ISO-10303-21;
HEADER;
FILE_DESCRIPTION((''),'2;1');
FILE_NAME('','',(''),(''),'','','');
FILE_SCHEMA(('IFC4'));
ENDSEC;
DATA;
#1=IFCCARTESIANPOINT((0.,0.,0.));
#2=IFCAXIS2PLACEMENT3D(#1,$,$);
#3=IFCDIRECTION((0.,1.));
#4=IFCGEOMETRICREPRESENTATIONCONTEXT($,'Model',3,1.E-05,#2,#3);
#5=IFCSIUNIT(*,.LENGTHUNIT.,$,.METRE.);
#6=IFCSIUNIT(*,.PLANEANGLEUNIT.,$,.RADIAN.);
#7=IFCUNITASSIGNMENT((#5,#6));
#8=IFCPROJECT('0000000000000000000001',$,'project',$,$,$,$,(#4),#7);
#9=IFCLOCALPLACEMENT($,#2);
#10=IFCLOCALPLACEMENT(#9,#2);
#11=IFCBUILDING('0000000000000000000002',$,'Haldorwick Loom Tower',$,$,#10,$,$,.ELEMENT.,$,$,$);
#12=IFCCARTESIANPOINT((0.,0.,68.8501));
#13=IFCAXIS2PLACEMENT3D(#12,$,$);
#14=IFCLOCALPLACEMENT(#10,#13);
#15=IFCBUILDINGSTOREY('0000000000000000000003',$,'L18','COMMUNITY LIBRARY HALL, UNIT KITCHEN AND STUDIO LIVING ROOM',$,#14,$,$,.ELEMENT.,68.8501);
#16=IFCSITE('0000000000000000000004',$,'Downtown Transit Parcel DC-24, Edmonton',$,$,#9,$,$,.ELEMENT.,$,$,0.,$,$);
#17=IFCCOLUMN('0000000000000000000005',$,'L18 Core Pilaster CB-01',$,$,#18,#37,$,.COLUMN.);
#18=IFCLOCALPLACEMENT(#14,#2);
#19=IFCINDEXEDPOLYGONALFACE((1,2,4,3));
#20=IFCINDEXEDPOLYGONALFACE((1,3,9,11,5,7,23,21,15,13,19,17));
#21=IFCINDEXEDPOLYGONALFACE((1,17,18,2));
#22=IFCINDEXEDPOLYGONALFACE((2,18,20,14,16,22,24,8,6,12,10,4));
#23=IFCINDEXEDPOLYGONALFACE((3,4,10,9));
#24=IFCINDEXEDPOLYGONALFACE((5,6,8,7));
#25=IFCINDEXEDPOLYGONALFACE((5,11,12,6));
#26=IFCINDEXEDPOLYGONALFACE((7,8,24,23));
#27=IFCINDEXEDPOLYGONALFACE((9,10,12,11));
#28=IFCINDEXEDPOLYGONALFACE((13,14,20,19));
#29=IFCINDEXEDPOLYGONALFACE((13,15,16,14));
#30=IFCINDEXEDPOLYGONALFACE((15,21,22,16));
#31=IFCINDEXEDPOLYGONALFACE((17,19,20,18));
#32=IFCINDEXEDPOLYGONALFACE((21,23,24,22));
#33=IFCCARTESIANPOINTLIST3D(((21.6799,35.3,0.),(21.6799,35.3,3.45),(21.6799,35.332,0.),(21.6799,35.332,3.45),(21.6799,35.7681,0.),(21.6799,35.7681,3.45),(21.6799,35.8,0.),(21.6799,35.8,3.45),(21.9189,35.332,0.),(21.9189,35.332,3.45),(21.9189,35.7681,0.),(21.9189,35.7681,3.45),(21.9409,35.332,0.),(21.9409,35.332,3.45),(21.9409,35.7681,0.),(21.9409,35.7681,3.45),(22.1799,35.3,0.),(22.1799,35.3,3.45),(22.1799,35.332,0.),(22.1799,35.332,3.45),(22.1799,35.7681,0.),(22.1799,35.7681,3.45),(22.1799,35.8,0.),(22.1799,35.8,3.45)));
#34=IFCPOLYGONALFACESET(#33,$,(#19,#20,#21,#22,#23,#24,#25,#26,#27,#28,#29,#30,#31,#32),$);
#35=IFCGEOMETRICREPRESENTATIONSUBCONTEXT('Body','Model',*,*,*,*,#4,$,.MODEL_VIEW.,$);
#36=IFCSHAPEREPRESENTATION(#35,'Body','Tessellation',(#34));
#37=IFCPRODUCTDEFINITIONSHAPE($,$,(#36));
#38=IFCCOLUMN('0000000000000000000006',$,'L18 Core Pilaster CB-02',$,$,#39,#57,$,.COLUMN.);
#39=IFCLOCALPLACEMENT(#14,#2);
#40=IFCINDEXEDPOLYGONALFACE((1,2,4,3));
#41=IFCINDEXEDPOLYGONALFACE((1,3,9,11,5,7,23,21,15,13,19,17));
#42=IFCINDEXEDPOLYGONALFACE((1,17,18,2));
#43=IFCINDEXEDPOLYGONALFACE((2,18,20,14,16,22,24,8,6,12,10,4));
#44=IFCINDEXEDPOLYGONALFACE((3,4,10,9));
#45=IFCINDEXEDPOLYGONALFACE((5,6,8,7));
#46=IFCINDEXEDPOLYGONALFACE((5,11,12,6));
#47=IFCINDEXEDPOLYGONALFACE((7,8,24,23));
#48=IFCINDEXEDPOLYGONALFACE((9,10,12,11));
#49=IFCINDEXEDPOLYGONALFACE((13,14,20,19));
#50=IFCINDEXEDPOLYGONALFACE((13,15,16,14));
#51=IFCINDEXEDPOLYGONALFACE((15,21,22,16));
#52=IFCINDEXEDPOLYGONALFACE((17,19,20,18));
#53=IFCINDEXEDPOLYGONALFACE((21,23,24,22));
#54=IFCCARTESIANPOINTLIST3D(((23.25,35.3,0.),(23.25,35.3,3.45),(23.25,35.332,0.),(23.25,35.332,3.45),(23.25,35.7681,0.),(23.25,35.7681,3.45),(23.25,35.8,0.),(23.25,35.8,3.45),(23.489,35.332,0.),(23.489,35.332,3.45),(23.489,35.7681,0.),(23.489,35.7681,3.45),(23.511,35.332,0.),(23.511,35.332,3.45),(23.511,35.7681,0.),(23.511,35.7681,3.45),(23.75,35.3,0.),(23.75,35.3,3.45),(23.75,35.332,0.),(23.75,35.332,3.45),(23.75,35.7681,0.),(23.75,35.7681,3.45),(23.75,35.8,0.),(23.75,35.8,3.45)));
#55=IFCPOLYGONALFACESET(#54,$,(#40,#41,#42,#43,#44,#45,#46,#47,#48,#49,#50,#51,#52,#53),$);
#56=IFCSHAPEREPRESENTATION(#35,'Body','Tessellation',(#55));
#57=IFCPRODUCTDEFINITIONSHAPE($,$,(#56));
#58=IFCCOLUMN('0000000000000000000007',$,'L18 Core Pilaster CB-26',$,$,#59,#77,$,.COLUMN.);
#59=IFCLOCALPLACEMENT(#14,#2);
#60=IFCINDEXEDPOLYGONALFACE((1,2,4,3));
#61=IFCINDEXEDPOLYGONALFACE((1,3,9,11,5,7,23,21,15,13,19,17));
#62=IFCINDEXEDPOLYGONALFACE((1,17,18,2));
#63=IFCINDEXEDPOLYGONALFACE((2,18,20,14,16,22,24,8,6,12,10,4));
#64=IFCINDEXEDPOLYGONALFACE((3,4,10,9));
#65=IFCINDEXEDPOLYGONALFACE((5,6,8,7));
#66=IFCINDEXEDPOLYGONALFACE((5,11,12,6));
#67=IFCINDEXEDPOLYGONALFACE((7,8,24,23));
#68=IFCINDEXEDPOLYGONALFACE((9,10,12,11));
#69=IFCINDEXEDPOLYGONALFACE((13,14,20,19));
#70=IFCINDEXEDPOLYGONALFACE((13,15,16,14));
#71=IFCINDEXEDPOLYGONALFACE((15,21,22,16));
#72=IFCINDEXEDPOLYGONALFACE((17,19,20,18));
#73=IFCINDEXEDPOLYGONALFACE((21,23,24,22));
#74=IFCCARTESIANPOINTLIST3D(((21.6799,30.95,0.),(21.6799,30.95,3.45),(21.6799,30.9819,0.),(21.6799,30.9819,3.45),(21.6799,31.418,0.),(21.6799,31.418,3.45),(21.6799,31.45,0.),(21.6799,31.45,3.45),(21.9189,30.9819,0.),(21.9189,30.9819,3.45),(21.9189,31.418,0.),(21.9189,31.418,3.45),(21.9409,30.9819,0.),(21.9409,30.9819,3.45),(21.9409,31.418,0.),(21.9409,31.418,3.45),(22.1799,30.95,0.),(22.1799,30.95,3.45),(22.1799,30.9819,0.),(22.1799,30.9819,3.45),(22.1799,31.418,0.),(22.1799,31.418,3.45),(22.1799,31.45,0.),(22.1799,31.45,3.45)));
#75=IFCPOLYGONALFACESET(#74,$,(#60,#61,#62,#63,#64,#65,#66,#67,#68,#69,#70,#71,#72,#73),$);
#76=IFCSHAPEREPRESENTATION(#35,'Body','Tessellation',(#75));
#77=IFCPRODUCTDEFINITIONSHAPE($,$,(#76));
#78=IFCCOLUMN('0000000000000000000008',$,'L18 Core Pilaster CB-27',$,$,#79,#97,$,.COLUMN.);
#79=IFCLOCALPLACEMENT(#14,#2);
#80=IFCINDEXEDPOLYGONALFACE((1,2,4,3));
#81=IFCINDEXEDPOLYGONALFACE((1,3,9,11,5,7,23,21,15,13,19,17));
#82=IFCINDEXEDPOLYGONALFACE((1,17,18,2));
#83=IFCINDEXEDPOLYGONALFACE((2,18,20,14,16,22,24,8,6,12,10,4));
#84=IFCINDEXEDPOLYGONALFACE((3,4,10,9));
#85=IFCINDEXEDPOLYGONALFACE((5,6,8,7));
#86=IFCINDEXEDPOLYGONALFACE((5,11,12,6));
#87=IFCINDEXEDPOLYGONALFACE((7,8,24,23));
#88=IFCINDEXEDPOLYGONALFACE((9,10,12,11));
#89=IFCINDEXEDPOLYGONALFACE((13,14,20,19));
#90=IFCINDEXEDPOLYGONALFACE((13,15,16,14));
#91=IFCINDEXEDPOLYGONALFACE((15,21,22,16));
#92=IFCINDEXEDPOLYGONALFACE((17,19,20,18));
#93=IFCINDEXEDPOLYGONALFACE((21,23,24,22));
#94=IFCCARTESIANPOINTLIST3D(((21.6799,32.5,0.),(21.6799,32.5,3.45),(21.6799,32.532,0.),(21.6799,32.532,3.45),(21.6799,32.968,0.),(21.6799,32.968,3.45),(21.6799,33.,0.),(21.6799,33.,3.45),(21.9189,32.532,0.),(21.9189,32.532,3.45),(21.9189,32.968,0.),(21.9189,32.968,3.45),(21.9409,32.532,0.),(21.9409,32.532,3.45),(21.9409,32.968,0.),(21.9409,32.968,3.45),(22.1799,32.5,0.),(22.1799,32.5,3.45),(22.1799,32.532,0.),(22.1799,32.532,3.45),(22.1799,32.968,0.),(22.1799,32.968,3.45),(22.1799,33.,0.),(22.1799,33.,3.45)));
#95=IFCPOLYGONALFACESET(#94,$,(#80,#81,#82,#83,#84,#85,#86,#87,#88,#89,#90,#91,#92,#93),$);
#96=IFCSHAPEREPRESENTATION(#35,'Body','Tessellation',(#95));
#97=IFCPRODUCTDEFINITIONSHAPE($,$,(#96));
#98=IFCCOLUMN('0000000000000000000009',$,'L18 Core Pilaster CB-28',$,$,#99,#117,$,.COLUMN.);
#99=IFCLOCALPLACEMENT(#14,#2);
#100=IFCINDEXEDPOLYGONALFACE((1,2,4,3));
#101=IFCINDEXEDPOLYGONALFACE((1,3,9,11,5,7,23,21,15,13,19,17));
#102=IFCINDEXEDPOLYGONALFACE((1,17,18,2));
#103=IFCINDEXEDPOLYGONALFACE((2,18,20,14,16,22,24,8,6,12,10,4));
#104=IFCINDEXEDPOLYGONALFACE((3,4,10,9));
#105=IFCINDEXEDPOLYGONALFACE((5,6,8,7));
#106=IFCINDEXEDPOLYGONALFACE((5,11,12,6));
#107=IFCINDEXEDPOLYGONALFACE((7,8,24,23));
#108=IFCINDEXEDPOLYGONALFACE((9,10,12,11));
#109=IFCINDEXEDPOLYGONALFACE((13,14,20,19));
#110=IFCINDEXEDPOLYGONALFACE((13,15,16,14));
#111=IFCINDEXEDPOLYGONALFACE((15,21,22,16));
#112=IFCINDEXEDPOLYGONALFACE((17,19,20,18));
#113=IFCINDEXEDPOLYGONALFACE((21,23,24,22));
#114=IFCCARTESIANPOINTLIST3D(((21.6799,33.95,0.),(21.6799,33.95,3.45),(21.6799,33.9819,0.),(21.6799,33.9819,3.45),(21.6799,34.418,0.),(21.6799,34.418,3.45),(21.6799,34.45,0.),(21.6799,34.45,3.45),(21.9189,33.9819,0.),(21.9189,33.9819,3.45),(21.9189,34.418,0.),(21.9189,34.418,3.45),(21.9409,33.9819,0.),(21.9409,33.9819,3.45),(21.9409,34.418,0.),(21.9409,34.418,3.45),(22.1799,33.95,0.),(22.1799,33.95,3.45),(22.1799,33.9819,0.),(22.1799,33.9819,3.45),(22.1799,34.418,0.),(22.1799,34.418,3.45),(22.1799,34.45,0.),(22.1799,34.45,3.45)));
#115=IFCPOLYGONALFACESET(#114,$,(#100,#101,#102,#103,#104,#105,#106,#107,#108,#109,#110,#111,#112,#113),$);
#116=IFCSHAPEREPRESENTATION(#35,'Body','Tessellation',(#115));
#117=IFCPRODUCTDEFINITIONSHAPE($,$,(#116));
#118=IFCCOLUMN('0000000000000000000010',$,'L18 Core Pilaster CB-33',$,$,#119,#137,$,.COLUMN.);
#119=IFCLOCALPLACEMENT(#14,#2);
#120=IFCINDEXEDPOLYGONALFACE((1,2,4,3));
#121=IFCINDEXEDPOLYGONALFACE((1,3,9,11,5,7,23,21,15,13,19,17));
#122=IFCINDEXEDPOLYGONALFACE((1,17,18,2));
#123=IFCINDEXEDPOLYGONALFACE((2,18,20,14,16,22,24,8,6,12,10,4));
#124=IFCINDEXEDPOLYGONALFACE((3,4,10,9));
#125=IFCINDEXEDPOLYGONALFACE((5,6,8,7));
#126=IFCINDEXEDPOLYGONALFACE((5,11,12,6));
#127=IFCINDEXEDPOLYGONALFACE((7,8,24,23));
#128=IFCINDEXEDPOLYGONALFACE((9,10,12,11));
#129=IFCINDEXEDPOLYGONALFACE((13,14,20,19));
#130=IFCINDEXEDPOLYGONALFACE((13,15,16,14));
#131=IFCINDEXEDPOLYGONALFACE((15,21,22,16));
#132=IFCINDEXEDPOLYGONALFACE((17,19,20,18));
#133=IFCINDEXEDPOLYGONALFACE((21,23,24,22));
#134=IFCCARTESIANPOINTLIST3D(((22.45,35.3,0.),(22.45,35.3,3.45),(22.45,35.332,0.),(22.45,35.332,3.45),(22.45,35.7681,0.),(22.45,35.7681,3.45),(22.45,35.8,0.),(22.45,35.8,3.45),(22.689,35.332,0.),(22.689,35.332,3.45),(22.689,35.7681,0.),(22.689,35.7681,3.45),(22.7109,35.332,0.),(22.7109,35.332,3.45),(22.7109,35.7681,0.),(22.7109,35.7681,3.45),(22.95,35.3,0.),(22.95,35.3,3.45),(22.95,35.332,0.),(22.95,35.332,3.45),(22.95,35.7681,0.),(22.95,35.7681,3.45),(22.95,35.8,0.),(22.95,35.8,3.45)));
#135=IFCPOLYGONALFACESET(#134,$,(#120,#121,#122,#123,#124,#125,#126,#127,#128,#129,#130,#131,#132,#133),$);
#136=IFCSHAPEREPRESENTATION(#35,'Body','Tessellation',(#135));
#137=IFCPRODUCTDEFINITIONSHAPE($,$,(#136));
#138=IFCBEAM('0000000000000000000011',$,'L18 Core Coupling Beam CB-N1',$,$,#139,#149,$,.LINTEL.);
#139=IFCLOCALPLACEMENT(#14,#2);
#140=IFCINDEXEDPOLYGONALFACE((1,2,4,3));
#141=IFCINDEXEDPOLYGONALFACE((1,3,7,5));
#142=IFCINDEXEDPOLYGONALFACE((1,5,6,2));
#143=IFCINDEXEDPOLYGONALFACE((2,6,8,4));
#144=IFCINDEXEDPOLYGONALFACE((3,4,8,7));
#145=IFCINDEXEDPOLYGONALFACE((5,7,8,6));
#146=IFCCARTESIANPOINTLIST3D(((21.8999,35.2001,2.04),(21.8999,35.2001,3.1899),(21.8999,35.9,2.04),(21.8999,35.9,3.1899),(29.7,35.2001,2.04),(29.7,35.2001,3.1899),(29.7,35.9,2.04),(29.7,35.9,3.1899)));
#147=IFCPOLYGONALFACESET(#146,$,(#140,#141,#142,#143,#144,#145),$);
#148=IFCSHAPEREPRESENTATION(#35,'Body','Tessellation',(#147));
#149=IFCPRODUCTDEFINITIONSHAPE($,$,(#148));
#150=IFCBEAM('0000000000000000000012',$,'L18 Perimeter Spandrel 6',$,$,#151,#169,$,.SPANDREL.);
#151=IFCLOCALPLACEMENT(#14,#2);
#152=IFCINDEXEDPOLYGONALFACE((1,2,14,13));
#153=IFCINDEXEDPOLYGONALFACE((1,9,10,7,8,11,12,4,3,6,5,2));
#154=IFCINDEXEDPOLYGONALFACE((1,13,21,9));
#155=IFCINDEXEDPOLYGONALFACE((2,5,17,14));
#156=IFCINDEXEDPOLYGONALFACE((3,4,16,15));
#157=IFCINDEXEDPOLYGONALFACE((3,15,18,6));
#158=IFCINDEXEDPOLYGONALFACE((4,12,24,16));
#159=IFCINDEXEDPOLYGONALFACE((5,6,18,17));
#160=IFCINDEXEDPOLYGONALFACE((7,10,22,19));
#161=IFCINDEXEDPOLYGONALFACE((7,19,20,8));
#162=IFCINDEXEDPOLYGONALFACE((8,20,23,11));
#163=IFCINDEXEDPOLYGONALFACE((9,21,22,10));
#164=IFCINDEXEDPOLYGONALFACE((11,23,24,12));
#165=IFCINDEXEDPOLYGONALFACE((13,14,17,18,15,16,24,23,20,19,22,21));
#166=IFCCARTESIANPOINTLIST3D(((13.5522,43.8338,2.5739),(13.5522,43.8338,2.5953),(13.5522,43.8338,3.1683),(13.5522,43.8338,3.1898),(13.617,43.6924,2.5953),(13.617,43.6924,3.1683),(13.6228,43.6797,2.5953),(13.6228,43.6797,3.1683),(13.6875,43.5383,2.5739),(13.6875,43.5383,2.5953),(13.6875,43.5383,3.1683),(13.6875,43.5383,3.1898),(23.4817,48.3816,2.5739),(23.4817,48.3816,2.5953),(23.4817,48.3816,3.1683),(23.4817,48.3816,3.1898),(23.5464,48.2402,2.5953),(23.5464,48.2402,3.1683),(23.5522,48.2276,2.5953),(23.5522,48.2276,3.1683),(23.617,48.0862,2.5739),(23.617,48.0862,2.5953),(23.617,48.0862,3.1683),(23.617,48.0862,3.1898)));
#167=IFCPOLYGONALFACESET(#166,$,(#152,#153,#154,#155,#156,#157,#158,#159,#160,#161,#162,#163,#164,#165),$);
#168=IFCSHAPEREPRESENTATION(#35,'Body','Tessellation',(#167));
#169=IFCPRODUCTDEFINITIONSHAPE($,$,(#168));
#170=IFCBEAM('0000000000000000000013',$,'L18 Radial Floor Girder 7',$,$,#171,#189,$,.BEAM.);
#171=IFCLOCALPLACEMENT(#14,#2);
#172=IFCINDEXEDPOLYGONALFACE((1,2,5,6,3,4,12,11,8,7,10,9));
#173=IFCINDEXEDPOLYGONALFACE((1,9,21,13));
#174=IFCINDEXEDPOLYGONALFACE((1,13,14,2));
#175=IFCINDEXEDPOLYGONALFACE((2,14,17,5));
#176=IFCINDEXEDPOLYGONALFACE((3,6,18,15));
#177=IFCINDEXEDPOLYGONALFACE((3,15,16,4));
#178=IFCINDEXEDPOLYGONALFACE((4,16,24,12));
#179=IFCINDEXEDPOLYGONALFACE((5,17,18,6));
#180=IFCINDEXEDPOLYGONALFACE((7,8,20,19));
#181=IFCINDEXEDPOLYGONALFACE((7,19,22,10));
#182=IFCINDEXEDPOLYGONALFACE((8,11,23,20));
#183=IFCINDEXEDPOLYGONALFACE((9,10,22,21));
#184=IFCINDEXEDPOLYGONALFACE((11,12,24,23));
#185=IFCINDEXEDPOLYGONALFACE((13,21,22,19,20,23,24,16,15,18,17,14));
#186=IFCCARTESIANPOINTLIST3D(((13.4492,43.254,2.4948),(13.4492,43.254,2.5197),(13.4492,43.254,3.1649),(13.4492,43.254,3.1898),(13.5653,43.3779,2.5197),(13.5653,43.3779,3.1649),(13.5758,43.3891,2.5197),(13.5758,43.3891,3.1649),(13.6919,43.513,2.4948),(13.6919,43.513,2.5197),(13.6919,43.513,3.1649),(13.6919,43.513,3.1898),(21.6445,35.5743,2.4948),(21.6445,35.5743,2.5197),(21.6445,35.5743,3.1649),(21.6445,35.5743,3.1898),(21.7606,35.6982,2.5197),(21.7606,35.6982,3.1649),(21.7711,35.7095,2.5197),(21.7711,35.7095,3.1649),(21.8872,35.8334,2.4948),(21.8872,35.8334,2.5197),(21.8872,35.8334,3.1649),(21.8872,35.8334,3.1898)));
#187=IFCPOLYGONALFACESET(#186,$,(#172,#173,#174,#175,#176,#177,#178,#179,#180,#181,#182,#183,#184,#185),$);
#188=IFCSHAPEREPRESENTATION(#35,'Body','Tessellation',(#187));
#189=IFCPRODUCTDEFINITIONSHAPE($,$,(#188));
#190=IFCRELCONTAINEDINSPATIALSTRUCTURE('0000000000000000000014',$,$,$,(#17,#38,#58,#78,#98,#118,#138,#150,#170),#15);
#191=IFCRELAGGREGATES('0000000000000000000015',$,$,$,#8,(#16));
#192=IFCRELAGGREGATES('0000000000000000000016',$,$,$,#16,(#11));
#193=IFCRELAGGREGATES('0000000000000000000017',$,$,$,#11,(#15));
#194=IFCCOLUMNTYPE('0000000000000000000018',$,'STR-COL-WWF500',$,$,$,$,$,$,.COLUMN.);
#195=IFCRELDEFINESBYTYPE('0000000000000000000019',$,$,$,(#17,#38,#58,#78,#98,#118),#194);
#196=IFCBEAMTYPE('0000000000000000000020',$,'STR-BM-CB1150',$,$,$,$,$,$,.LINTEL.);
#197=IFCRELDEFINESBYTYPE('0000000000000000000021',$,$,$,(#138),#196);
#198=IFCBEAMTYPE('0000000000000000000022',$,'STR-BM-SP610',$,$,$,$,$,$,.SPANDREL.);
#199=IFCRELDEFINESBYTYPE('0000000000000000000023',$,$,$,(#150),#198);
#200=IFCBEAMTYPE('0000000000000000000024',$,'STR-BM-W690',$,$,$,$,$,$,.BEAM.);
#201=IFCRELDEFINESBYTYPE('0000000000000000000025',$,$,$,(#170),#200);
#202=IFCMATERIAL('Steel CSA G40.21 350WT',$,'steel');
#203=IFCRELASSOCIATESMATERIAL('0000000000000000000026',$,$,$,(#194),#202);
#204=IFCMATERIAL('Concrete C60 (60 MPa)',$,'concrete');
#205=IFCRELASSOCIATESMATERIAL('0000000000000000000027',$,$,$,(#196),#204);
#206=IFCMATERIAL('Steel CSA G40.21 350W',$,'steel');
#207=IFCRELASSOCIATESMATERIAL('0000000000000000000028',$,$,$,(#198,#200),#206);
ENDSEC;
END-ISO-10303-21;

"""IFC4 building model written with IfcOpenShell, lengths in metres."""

from ifc_helpers import new_model, si_unit, direction, frame, origin, origin_2d, place, context, subcontext, project, spatial, rectangle, i_section, extrude, material, material_profile, profile_set, type_object, element, save


model = new_model("IFC4")

# Units and contexts
model_context = context("Model", 3, precision=1e-05, world=origin(), true_north=direction((0.0, 1.0)))
body_context = subcontext(model_context, "Body", "Model", "MODEL_VIEW")
ifc_project = project(units=[si_unit("LENGTHUNIT", "METRE"), si_unit("PLANEANGLEUNIT", "RADIAN")], contexts=[model_context])

# Site, building, storey
site_placement = place(None, origin())
site = spatial("IfcSite", under=ifc_project, at=site_placement, Name="Downtown Transit Parcel DC-24, Edmonton", CompositionType="ELEMENT", RefElevation=0.0)
building_placement = place(site_placement, origin())
building = spatial("IfcBuilding", under=site, at=building_placement, Name="Haldorwick Loom Tower", CompositionType="ELEMENT")
storey_placement = place(building_placement, frame((0.0, 0.0, 68.8501)))
storey = spatial("IfcBuildingStorey", under=building, at=storey_placement, Name="L18", Description="COMMUNITY LIBRARY HALL, UNIT KITCHEN AND STUDIO LIVING ROOM", CompositionType="ELEMENT", Elevation=68.8501)

# Columns
ifc_material_1 = material(Name="Steel CSA G40.21 350WT", Category="steel")
ifc_material_profile_1 = material_profile(ifc_material_1, i_section(OverallWidth=0.5, OverallDepth=0.5, WebThickness=0.022, FlangeThickness=0.032, at=origin_2d()), Name="WWF500X500", Category="steel")
ifc_profile_set_1 = profile_set([ifc_material_profile_1], Name="Steel CSA G40.21 350WT")
column_type = type_object("IfcColumnType", Name="STR-COL-WWF500", PredefinedType="COLUMN", material=ifc_profile_set_1)
for number, where, z_axis, x_axis, name in (
    (1, (21.9299, 35.55, 0.0), (0.0, 0.0, 1.0), (1.0, 0.0, 0.0), "L18 Core Pilaster CB-01"),
    (2, (23.5, 35.55, 0.0), (0.0, 0.0, 1.0), (1.0, 0.0, 0.0), "L18 Core Pilaster CB-02"),
    (3, (21.9299, 31.2, 0.0), (0.0, 0.0, 1.0), (1.0, 0.0, 0.0), "L18 Core Pilaster CB-26"),
    (4, (21.9299, 32.75, 0.0), (0.0, 0.0, 1.0), (1.0, 0.0, 0.0), "L18 Core Pilaster CB-27"),
    (5, (21.9299, 34.2, 0.0), (0.0, 0.0, 1.0), (1.0, 0.0, 0.0), "L18 Core Pilaster CB-28"),
    (6, (22.7, 35.55, 0.0), (0.0, 0.0, 1.0), (1.0, 0.0, 0.0), "L18 Core Pilaster CB-33"),
):
    element("IfcColumn", number, at=place(storey_placement, frame(where, z_axis=z_axis, x_axis=x_axis)), inside=storey, type_object=column_type, Name=name, PredefinedType="COLUMN", context=body_context, shape_type="SweptSolid", body=[
        extrude(i_section(OverallWidth=0.5, OverallDepth=0.5, WebThickness=0.022, FlangeThickness=0.032, at=origin_2d()), origin(), (0.0, 0.0, 1.0), 3.45),
    ])

# Beams
ifc_material_2 = material(Name="Concrete C60 (60 MPa)", Category="concrete")
ifc_material_profile_2 = material_profile(ifc_material_2, rectangle(XDim=0.7, YDim=1.1499, at=origin_2d()), Name="RC700X1150", Category="concrete")
ifc_profile_set_2 = profile_set([ifc_material_profile_2], Name="Concrete C60 (60 MPa)")
beam_type_1 = type_object("IfcBeamType", Name="STR-BM-CB1150", PredefinedType="LINTEL", material=ifc_profile_set_2)
beam_1_placement = place(storey_placement, frame((21.8999, 35.55, 2.615), z_axis=(1.0, 0.0, 0.0), x_axis=(0.0, 1.0, 0.0)))
element("IfcBeam", 7, at=beam_1_placement, inside=storey, type_object=beam_type_1, Name="L18 Core Coupling Beam CB-N1", PredefinedType="LINTEL", context=body_context, shape_type="SweptSolid", body=[
    extrude(rectangle(XDim=0.7, YDim=1.1499, at=origin_2d()), origin(), (0.0, 0.0, 1.0), 7.8),
])
ifc_material_3 = material(Name="Steel CSA G40.21 350W", Category="steel")
ifc_material_profile_3 = material_profile(ifc_material_3, i_section(OverallWidth=0.325, OverallDepth=0.616, WebThickness=0.0139, FlangeThickness=0.0215, at=origin_2d()), Name="W610X174", Category="steel")
ifc_profile_set_3 = profile_set([ifc_material_profile_3], Name="Steel CSA G40.21 350W")
beam_type_2 = type_object("IfcBeamType", Name="STR-BM-SP610", PredefinedType="SPANDREL", material=ifc_profile_set_3)
beam_2_placement = place(storey_placement, frame((23.5493, 48.2339, 2.8818), z_axis=(-0.909174, -0.416417, 0.0), x_axis=(0.416417, -0.909174, 0.0)))
element("IfcBeam", 8, at=beam_2_placement, inside=storey, type_object=beam_type_2, Name="L18 Perimeter Spandrel 6", PredefinedType="SPANDREL", context=body_context, shape_type="SweptSolid", body=[
    extrude(i_section(OverallWidth=0.325, OverallDepth=0.616, WebThickness=0.0139, FlangeThickness=0.0215, at=origin_2d()), origin(), (0.0, 0.0, 1.0), 10.9214),
])
ifc_material_profile_4 = material_profile(ifc_material_3, i_section(OverallWidth=0.355, OverallDepth=0.6951, WebThickness=0.0154, FlangeThickness=0.0249, at=origin_2d()), Name="W690X217", Category="steel")
ifc_profile_set_4 = profile_set([ifc_material_profile_4], Name="Steel CSA G40.21 350W")
beam_type_3 = type_object("IfcBeamType", Name="STR-BM-W690", PredefinedType="BEAM", material=ifc_profile_set_4)
beam_3_placement = place(storey_placement, frame((21.7659, 35.7039, 2.8423), z_axis=(-0.729689, 0.683779, 0.0), x_axis=(-0.683779, -0.729689, 0.0)))
element("IfcBeam", 9, at=beam_3_placement, inside=storey, type_object=beam_type_3, Name="L18 Radial Floor Girder 7", PredefinedType="BEAM", context=body_context, shape_type="SweptSolid", body=[
    extrude(i_section(OverallWidth=0.355, OverallDepth=0.6951, WebThickness=0.0154, FlangeThickness=0.0249, at=origin_2d()), origin(), (0.0, 0.0, 1.0), 11.2312),
])

save(model, "model.ifc")
